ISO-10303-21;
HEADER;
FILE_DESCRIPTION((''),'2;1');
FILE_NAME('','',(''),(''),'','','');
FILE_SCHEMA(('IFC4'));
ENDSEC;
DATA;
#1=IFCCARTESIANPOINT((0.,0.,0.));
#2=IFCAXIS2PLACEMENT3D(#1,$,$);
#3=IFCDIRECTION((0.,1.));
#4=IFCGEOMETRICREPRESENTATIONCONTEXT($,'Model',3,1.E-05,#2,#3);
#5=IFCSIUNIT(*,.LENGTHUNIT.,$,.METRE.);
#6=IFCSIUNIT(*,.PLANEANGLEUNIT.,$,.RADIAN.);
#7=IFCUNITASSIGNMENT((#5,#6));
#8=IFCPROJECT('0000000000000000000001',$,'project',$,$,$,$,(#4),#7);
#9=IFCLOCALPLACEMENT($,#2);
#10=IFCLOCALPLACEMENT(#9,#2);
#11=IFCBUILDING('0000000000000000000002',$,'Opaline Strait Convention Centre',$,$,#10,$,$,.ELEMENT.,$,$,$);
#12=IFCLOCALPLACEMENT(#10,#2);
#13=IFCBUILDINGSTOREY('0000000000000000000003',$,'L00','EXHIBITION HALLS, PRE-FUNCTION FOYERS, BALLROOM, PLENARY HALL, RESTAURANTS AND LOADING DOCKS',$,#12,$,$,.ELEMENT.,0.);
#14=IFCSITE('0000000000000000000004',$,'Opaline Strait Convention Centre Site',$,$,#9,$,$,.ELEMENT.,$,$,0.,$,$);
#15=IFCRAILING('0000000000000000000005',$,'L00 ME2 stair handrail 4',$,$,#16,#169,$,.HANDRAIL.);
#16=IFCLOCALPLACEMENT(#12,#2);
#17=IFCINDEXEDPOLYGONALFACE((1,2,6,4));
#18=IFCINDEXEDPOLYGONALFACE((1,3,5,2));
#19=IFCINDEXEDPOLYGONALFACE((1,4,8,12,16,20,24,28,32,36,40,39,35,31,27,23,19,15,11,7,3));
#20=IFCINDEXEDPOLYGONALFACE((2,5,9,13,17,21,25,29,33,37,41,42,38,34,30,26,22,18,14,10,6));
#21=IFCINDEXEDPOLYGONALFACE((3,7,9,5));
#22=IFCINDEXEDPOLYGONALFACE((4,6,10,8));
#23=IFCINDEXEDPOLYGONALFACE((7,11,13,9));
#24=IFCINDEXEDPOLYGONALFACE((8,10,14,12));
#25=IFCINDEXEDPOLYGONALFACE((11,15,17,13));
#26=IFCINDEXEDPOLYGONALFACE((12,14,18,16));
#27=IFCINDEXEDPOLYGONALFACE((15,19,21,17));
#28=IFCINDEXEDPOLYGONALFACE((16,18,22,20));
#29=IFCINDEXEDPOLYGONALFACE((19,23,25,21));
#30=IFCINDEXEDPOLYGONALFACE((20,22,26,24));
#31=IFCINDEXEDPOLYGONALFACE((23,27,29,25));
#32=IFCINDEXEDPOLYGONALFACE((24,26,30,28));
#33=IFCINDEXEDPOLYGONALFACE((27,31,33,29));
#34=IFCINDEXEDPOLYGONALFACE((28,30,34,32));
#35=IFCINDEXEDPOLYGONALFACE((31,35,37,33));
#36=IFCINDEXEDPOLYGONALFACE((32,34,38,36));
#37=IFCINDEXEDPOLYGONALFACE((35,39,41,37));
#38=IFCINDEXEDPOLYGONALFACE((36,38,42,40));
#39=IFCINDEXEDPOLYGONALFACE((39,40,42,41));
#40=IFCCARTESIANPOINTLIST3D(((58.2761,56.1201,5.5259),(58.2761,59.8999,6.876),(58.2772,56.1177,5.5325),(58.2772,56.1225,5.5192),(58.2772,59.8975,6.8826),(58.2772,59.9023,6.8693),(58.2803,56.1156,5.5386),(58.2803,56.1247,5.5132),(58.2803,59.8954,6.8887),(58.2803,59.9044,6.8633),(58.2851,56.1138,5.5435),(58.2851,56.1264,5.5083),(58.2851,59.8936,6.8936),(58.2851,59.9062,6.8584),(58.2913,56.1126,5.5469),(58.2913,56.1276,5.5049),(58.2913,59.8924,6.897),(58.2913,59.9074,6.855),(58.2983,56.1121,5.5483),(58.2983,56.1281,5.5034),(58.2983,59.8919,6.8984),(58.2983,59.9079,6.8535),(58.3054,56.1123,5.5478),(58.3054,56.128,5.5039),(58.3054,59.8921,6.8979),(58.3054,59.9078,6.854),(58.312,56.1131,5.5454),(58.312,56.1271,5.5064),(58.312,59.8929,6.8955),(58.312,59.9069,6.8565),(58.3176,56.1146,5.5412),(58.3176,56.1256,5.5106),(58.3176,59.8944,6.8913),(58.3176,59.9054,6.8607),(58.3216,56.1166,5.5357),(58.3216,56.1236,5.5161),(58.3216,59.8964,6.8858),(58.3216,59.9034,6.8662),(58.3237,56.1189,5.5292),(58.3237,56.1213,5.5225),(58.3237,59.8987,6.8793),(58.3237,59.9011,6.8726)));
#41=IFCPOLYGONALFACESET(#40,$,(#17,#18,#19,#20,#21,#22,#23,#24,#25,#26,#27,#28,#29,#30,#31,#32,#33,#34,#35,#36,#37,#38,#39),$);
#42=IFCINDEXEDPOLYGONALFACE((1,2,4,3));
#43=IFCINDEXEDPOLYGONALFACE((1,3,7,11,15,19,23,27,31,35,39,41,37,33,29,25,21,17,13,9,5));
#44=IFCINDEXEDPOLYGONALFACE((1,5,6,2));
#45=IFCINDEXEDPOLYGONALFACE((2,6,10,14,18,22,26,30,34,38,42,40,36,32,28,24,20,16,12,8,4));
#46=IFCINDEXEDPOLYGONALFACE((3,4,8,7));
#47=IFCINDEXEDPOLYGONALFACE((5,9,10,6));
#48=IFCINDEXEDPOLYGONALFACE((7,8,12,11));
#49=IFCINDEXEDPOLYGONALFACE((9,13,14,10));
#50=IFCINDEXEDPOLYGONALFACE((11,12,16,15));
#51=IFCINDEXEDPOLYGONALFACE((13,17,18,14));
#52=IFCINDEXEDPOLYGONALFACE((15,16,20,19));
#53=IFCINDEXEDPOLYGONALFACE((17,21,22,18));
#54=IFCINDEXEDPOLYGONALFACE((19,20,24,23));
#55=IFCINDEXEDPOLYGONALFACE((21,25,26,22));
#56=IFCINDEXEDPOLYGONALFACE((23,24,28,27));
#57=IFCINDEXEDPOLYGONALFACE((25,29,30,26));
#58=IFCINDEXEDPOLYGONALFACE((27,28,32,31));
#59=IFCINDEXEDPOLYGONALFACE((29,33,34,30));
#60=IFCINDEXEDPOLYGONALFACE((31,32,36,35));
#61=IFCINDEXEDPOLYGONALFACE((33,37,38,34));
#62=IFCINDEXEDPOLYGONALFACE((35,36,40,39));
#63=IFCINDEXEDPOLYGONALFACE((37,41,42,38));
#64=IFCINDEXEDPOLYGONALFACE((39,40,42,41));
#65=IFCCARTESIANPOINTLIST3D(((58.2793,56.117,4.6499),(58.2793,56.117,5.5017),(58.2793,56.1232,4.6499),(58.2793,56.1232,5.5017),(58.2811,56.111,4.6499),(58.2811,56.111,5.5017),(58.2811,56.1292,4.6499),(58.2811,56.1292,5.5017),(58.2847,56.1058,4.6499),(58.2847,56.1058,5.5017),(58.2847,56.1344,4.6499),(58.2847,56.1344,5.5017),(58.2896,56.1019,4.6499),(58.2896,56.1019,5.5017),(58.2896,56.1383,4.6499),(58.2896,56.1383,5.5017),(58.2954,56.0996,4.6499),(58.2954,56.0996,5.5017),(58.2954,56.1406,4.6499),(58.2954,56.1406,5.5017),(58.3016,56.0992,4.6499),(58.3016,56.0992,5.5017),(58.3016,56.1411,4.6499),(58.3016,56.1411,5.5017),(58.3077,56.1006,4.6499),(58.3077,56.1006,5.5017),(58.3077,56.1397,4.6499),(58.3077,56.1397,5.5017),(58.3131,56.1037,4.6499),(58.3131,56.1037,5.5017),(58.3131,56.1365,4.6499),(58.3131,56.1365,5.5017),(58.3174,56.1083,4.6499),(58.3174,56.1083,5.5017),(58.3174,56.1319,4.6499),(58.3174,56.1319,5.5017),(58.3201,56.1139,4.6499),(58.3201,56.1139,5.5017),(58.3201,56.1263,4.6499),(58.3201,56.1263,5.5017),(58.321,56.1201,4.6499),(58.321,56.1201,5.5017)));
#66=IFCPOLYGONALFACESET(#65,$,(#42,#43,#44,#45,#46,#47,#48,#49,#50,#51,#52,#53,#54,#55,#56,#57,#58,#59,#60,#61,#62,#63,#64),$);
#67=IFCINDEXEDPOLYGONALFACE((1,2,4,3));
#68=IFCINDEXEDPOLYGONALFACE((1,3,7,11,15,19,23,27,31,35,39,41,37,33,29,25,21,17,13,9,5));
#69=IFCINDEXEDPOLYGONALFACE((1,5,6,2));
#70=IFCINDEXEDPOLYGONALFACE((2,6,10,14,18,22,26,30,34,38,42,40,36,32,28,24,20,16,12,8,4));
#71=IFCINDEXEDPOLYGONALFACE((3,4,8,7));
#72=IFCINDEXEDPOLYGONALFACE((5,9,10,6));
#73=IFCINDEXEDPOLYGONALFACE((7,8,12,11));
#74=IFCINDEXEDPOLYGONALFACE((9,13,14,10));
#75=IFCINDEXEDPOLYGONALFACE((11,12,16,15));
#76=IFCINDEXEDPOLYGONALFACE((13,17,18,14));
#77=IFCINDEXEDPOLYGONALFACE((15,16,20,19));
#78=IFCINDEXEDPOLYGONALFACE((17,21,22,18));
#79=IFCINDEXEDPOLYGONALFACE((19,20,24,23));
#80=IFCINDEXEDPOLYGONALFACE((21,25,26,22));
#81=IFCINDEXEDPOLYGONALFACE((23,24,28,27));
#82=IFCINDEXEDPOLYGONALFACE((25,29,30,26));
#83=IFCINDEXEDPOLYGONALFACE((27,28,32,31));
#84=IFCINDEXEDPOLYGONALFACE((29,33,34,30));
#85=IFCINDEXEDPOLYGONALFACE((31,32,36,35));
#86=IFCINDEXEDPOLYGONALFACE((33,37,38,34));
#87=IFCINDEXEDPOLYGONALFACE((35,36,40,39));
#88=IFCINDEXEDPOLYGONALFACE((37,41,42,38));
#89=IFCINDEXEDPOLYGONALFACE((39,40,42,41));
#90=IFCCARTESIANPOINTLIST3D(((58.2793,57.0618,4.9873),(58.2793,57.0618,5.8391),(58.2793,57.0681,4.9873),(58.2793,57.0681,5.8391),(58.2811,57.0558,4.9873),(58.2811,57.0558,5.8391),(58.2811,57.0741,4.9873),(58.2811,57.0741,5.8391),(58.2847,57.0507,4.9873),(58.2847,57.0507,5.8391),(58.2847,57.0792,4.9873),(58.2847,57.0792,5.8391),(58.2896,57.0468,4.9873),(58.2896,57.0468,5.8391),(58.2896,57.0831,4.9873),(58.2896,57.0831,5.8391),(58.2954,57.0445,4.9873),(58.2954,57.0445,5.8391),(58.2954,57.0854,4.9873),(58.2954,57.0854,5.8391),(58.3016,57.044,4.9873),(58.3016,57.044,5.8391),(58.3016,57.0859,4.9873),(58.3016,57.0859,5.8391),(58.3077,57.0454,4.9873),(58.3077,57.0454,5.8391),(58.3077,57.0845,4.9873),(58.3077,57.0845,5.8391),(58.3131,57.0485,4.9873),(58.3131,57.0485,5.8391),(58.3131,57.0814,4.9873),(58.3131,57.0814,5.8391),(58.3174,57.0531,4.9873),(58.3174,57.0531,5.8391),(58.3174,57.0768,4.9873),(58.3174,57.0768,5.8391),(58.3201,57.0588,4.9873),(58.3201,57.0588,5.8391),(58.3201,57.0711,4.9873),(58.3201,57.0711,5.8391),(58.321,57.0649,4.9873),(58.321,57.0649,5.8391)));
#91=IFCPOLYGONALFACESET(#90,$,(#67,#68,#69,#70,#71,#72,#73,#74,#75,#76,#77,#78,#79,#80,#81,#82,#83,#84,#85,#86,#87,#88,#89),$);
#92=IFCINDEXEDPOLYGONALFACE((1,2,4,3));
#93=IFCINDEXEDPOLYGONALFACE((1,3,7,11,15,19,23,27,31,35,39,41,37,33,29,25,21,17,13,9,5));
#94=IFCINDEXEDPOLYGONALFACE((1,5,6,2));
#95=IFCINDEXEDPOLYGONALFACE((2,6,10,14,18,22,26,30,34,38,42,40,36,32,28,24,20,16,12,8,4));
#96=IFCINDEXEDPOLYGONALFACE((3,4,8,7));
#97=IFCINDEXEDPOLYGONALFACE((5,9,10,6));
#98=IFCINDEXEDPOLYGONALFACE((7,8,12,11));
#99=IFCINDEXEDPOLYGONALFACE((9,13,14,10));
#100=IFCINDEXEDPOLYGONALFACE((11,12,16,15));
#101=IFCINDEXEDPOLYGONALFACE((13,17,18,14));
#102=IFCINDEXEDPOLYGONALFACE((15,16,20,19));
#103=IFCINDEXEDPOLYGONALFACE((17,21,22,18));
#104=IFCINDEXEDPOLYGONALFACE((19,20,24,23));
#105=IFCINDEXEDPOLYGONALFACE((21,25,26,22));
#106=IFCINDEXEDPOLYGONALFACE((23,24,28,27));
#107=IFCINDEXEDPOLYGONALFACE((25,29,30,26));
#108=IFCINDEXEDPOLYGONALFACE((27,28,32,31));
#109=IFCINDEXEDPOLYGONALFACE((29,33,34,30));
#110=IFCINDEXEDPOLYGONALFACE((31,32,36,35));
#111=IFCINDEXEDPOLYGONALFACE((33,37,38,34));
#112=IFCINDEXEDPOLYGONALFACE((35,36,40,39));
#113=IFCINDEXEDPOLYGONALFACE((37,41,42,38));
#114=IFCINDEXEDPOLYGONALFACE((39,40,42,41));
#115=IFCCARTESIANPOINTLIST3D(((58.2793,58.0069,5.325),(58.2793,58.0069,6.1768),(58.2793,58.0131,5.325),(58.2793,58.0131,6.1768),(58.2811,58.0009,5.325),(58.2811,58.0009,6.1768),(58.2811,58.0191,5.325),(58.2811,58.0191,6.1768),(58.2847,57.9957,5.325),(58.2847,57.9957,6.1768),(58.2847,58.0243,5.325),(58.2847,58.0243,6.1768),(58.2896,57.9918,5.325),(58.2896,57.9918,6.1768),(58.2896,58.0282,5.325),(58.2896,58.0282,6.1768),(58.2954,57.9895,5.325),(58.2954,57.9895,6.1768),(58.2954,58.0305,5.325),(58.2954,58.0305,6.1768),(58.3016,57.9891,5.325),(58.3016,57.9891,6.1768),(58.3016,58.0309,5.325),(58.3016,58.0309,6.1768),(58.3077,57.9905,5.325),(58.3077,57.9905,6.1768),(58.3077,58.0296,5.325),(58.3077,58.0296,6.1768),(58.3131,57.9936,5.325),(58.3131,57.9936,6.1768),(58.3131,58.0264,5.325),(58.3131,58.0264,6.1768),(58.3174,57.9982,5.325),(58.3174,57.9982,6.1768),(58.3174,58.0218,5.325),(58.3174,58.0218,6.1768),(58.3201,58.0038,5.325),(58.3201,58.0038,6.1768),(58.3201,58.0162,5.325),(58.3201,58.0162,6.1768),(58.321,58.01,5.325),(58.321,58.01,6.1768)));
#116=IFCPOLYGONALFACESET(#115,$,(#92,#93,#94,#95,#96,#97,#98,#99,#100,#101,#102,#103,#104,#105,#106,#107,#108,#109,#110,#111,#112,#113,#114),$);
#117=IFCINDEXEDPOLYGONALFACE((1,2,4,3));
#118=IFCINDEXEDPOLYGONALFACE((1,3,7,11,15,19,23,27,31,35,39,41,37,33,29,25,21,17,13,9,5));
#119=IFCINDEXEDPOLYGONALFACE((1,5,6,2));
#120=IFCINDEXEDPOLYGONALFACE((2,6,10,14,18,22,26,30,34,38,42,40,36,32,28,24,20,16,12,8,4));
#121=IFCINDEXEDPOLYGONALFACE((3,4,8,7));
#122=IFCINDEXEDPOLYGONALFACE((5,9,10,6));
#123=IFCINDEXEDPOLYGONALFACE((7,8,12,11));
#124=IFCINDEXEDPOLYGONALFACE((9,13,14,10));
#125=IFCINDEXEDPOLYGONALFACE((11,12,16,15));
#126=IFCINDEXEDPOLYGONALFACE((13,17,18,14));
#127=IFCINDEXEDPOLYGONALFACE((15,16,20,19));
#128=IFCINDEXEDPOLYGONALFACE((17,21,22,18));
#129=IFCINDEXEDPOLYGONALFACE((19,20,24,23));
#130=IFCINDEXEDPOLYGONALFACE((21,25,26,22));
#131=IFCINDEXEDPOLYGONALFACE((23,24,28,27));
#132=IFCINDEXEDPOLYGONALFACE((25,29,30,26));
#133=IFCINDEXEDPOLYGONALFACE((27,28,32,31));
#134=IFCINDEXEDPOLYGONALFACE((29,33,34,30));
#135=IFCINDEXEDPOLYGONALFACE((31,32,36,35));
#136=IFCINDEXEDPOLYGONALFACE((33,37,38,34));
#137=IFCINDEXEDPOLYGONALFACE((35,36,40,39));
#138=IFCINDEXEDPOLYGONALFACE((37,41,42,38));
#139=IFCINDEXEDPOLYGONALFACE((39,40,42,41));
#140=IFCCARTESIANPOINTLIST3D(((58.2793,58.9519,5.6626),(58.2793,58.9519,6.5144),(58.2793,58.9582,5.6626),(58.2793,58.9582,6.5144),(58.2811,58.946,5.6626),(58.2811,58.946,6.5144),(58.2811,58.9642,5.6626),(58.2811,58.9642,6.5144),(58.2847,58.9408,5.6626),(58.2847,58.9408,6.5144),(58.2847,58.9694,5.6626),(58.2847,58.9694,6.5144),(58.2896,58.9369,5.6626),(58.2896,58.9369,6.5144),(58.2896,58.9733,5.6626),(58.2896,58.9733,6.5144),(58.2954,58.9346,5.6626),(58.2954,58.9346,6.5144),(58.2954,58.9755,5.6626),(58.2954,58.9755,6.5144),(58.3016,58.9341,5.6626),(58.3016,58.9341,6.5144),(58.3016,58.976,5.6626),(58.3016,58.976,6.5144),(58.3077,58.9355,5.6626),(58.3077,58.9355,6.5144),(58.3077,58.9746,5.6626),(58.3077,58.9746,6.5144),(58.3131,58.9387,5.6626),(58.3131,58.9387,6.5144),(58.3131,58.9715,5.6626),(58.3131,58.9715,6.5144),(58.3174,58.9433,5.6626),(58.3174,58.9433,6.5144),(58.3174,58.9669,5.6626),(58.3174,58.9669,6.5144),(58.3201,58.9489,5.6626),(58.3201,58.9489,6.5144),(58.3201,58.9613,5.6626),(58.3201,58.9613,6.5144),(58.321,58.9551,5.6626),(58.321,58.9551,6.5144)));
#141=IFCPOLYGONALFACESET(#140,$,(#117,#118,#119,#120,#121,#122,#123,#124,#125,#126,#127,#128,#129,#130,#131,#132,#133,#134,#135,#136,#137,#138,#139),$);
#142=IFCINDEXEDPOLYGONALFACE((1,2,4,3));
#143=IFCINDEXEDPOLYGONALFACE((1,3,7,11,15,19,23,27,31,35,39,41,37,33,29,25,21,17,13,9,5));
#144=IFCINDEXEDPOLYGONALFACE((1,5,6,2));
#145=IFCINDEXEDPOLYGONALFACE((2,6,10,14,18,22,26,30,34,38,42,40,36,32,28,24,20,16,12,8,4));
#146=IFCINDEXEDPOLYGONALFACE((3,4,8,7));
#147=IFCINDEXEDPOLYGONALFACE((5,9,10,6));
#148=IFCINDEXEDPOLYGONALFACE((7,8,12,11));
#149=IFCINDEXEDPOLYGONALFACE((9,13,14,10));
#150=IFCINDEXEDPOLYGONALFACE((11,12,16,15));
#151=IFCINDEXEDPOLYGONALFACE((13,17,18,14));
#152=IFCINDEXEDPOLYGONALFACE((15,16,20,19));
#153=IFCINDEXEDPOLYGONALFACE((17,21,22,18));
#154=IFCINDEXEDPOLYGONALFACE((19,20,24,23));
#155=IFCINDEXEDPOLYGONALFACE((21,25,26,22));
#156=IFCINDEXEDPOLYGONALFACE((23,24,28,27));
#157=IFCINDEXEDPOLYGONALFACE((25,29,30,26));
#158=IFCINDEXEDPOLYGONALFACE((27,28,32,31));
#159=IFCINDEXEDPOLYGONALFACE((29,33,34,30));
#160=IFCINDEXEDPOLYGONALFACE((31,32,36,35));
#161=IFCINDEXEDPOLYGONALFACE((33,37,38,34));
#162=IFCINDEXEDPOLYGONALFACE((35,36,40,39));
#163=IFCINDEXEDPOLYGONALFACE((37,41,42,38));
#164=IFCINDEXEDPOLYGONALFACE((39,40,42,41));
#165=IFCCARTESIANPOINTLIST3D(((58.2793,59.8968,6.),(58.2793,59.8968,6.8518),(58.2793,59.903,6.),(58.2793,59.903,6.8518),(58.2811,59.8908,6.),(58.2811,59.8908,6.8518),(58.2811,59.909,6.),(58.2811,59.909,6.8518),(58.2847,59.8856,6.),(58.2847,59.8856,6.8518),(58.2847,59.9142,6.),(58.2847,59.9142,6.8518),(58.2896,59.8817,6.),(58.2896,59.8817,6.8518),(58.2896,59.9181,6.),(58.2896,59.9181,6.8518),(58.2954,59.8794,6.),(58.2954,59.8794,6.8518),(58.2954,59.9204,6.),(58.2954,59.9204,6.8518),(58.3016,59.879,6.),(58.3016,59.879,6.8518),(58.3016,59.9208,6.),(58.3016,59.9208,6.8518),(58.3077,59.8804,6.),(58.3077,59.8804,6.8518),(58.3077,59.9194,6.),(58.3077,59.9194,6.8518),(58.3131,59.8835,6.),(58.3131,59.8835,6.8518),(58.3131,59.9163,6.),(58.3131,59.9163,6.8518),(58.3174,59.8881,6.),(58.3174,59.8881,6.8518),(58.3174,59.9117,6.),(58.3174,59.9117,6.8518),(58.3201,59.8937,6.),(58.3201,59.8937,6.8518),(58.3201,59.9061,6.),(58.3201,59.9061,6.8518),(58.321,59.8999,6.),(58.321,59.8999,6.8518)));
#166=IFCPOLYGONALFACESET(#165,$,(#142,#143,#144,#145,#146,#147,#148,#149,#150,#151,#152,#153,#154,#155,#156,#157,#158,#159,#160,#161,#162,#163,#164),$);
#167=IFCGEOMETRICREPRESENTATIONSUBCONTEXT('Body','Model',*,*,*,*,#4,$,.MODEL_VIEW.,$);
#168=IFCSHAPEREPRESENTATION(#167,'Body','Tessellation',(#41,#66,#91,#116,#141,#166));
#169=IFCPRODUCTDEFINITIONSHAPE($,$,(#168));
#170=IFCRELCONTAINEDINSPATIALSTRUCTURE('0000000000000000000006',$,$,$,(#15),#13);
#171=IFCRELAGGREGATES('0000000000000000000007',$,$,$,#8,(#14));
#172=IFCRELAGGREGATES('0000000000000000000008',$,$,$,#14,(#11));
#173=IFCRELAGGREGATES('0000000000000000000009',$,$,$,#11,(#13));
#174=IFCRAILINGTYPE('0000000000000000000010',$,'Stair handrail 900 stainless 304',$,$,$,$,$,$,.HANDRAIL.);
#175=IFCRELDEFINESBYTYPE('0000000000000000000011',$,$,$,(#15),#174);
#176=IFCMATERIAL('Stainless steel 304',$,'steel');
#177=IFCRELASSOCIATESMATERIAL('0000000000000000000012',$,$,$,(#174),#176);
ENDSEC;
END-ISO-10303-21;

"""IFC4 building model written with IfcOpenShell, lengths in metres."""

from ifc_helpers import new_model, si_unit, direction, frame, origin, origin_2d, place, context, subcontext, project, spatial, circle, extrude, material, type_object, element, save


model = new_model("IFC4")

# Units and contexts
model_context = context("Model", 3, precision=1e-05, world=origin(), true_north=direction((0.0, 1.0)))
body_context = subcontext(model_context, "Body", "Model", "MODEL_VIEW")
ifc_project = project(units=[si_unit("LENGTHUNIT", "METRE"), si_unit("PLANEANGLEUNIT", "RADIAN")], contexts=[model_context])

# Site, building, storey
site_placement = place(None, origin())
site = spatial("IfcSite", under=ifc_project, at=site_placement, Name="Opaline Strait Convention Centre Site", CompositionType="ELEMENT", RefElevation=0.0)
building_placement = place(site_placement, origin())
building = spatial("IfcBuilding", under=site, at=building_placement, Name="Opaline Strait Convention Centre", CompositionType="ELEMENT")
storey_placement = place(building_placement, origin())
storey = spatial("IfcBuildingStorey", under=building, at=storey_placement, Name="L00", Description="EXHIBITION HALLS, PRE-FUNCTION FOYERS, BALLROOM, PLENARY HALL, RESTAURANTS AND LOADING DOCKS", CompositionType="ELEMENT", Elevation=0.0)

# Railing
ifc_material_1 = material(Name="Stainless steel 304", Category="steel")
railing_type_1 = type_object("IfcRailingType", Name="Stair handrail 900 stainless 304", PredefinedType="HANDRAIL", material=ifc_material_1)
for number, where, name in (
    (1, (58.3, 56.1201, 4.6499), "L00 ME2 stair handrail 4"),
):
    element("IfcRailing", number, at=place(storey_placement, frame(where)), inside=storey, type_object=railing_type_1, Name=name, PredefinedType="HANDRAIL", context=body_context, shape_type="SweptSolid", body=[
        extrude(circle(Radius=0.0239, at=origin_2d()), frame((0.0, 0.0, 0.876), z_axis=(0.0, 0.941728, 0.336375), x_axis=(-1.0, 0.0, 0.0)), (0.0, 0.0, 1.0), 4.0137),
        extrude(circle(Radius=0.021, at=origin_2d()), origin(), (0.0, 0.0, 1.0), 0.8518),
        extrude(circle(Radius=0.021, at=origin_2d()), frame((0.0, 0.9448, 0.3374)), (0.0, 0.0, 1.0), 0.8518),
        extrude(circle(Radius=0.021, at=origin_2d()), frame((0.0, 1.8899, 0.675)), (0.0, 0.0, 1.0), 0.8518),
        extrude(circle(Radius=0.021, at=origin_2d()), frame((0.0, 2.835, 1.0127)), (0.0, 0.0, 1.0), 0.8518),
        extrude(circle(Radius=0.021, at=origin_2d()), frame((0.0, 3.7798, 1.3501)), (0.0, 0.0, 1.0), 0.8518),
    ])

save(model, "model.ifc")
